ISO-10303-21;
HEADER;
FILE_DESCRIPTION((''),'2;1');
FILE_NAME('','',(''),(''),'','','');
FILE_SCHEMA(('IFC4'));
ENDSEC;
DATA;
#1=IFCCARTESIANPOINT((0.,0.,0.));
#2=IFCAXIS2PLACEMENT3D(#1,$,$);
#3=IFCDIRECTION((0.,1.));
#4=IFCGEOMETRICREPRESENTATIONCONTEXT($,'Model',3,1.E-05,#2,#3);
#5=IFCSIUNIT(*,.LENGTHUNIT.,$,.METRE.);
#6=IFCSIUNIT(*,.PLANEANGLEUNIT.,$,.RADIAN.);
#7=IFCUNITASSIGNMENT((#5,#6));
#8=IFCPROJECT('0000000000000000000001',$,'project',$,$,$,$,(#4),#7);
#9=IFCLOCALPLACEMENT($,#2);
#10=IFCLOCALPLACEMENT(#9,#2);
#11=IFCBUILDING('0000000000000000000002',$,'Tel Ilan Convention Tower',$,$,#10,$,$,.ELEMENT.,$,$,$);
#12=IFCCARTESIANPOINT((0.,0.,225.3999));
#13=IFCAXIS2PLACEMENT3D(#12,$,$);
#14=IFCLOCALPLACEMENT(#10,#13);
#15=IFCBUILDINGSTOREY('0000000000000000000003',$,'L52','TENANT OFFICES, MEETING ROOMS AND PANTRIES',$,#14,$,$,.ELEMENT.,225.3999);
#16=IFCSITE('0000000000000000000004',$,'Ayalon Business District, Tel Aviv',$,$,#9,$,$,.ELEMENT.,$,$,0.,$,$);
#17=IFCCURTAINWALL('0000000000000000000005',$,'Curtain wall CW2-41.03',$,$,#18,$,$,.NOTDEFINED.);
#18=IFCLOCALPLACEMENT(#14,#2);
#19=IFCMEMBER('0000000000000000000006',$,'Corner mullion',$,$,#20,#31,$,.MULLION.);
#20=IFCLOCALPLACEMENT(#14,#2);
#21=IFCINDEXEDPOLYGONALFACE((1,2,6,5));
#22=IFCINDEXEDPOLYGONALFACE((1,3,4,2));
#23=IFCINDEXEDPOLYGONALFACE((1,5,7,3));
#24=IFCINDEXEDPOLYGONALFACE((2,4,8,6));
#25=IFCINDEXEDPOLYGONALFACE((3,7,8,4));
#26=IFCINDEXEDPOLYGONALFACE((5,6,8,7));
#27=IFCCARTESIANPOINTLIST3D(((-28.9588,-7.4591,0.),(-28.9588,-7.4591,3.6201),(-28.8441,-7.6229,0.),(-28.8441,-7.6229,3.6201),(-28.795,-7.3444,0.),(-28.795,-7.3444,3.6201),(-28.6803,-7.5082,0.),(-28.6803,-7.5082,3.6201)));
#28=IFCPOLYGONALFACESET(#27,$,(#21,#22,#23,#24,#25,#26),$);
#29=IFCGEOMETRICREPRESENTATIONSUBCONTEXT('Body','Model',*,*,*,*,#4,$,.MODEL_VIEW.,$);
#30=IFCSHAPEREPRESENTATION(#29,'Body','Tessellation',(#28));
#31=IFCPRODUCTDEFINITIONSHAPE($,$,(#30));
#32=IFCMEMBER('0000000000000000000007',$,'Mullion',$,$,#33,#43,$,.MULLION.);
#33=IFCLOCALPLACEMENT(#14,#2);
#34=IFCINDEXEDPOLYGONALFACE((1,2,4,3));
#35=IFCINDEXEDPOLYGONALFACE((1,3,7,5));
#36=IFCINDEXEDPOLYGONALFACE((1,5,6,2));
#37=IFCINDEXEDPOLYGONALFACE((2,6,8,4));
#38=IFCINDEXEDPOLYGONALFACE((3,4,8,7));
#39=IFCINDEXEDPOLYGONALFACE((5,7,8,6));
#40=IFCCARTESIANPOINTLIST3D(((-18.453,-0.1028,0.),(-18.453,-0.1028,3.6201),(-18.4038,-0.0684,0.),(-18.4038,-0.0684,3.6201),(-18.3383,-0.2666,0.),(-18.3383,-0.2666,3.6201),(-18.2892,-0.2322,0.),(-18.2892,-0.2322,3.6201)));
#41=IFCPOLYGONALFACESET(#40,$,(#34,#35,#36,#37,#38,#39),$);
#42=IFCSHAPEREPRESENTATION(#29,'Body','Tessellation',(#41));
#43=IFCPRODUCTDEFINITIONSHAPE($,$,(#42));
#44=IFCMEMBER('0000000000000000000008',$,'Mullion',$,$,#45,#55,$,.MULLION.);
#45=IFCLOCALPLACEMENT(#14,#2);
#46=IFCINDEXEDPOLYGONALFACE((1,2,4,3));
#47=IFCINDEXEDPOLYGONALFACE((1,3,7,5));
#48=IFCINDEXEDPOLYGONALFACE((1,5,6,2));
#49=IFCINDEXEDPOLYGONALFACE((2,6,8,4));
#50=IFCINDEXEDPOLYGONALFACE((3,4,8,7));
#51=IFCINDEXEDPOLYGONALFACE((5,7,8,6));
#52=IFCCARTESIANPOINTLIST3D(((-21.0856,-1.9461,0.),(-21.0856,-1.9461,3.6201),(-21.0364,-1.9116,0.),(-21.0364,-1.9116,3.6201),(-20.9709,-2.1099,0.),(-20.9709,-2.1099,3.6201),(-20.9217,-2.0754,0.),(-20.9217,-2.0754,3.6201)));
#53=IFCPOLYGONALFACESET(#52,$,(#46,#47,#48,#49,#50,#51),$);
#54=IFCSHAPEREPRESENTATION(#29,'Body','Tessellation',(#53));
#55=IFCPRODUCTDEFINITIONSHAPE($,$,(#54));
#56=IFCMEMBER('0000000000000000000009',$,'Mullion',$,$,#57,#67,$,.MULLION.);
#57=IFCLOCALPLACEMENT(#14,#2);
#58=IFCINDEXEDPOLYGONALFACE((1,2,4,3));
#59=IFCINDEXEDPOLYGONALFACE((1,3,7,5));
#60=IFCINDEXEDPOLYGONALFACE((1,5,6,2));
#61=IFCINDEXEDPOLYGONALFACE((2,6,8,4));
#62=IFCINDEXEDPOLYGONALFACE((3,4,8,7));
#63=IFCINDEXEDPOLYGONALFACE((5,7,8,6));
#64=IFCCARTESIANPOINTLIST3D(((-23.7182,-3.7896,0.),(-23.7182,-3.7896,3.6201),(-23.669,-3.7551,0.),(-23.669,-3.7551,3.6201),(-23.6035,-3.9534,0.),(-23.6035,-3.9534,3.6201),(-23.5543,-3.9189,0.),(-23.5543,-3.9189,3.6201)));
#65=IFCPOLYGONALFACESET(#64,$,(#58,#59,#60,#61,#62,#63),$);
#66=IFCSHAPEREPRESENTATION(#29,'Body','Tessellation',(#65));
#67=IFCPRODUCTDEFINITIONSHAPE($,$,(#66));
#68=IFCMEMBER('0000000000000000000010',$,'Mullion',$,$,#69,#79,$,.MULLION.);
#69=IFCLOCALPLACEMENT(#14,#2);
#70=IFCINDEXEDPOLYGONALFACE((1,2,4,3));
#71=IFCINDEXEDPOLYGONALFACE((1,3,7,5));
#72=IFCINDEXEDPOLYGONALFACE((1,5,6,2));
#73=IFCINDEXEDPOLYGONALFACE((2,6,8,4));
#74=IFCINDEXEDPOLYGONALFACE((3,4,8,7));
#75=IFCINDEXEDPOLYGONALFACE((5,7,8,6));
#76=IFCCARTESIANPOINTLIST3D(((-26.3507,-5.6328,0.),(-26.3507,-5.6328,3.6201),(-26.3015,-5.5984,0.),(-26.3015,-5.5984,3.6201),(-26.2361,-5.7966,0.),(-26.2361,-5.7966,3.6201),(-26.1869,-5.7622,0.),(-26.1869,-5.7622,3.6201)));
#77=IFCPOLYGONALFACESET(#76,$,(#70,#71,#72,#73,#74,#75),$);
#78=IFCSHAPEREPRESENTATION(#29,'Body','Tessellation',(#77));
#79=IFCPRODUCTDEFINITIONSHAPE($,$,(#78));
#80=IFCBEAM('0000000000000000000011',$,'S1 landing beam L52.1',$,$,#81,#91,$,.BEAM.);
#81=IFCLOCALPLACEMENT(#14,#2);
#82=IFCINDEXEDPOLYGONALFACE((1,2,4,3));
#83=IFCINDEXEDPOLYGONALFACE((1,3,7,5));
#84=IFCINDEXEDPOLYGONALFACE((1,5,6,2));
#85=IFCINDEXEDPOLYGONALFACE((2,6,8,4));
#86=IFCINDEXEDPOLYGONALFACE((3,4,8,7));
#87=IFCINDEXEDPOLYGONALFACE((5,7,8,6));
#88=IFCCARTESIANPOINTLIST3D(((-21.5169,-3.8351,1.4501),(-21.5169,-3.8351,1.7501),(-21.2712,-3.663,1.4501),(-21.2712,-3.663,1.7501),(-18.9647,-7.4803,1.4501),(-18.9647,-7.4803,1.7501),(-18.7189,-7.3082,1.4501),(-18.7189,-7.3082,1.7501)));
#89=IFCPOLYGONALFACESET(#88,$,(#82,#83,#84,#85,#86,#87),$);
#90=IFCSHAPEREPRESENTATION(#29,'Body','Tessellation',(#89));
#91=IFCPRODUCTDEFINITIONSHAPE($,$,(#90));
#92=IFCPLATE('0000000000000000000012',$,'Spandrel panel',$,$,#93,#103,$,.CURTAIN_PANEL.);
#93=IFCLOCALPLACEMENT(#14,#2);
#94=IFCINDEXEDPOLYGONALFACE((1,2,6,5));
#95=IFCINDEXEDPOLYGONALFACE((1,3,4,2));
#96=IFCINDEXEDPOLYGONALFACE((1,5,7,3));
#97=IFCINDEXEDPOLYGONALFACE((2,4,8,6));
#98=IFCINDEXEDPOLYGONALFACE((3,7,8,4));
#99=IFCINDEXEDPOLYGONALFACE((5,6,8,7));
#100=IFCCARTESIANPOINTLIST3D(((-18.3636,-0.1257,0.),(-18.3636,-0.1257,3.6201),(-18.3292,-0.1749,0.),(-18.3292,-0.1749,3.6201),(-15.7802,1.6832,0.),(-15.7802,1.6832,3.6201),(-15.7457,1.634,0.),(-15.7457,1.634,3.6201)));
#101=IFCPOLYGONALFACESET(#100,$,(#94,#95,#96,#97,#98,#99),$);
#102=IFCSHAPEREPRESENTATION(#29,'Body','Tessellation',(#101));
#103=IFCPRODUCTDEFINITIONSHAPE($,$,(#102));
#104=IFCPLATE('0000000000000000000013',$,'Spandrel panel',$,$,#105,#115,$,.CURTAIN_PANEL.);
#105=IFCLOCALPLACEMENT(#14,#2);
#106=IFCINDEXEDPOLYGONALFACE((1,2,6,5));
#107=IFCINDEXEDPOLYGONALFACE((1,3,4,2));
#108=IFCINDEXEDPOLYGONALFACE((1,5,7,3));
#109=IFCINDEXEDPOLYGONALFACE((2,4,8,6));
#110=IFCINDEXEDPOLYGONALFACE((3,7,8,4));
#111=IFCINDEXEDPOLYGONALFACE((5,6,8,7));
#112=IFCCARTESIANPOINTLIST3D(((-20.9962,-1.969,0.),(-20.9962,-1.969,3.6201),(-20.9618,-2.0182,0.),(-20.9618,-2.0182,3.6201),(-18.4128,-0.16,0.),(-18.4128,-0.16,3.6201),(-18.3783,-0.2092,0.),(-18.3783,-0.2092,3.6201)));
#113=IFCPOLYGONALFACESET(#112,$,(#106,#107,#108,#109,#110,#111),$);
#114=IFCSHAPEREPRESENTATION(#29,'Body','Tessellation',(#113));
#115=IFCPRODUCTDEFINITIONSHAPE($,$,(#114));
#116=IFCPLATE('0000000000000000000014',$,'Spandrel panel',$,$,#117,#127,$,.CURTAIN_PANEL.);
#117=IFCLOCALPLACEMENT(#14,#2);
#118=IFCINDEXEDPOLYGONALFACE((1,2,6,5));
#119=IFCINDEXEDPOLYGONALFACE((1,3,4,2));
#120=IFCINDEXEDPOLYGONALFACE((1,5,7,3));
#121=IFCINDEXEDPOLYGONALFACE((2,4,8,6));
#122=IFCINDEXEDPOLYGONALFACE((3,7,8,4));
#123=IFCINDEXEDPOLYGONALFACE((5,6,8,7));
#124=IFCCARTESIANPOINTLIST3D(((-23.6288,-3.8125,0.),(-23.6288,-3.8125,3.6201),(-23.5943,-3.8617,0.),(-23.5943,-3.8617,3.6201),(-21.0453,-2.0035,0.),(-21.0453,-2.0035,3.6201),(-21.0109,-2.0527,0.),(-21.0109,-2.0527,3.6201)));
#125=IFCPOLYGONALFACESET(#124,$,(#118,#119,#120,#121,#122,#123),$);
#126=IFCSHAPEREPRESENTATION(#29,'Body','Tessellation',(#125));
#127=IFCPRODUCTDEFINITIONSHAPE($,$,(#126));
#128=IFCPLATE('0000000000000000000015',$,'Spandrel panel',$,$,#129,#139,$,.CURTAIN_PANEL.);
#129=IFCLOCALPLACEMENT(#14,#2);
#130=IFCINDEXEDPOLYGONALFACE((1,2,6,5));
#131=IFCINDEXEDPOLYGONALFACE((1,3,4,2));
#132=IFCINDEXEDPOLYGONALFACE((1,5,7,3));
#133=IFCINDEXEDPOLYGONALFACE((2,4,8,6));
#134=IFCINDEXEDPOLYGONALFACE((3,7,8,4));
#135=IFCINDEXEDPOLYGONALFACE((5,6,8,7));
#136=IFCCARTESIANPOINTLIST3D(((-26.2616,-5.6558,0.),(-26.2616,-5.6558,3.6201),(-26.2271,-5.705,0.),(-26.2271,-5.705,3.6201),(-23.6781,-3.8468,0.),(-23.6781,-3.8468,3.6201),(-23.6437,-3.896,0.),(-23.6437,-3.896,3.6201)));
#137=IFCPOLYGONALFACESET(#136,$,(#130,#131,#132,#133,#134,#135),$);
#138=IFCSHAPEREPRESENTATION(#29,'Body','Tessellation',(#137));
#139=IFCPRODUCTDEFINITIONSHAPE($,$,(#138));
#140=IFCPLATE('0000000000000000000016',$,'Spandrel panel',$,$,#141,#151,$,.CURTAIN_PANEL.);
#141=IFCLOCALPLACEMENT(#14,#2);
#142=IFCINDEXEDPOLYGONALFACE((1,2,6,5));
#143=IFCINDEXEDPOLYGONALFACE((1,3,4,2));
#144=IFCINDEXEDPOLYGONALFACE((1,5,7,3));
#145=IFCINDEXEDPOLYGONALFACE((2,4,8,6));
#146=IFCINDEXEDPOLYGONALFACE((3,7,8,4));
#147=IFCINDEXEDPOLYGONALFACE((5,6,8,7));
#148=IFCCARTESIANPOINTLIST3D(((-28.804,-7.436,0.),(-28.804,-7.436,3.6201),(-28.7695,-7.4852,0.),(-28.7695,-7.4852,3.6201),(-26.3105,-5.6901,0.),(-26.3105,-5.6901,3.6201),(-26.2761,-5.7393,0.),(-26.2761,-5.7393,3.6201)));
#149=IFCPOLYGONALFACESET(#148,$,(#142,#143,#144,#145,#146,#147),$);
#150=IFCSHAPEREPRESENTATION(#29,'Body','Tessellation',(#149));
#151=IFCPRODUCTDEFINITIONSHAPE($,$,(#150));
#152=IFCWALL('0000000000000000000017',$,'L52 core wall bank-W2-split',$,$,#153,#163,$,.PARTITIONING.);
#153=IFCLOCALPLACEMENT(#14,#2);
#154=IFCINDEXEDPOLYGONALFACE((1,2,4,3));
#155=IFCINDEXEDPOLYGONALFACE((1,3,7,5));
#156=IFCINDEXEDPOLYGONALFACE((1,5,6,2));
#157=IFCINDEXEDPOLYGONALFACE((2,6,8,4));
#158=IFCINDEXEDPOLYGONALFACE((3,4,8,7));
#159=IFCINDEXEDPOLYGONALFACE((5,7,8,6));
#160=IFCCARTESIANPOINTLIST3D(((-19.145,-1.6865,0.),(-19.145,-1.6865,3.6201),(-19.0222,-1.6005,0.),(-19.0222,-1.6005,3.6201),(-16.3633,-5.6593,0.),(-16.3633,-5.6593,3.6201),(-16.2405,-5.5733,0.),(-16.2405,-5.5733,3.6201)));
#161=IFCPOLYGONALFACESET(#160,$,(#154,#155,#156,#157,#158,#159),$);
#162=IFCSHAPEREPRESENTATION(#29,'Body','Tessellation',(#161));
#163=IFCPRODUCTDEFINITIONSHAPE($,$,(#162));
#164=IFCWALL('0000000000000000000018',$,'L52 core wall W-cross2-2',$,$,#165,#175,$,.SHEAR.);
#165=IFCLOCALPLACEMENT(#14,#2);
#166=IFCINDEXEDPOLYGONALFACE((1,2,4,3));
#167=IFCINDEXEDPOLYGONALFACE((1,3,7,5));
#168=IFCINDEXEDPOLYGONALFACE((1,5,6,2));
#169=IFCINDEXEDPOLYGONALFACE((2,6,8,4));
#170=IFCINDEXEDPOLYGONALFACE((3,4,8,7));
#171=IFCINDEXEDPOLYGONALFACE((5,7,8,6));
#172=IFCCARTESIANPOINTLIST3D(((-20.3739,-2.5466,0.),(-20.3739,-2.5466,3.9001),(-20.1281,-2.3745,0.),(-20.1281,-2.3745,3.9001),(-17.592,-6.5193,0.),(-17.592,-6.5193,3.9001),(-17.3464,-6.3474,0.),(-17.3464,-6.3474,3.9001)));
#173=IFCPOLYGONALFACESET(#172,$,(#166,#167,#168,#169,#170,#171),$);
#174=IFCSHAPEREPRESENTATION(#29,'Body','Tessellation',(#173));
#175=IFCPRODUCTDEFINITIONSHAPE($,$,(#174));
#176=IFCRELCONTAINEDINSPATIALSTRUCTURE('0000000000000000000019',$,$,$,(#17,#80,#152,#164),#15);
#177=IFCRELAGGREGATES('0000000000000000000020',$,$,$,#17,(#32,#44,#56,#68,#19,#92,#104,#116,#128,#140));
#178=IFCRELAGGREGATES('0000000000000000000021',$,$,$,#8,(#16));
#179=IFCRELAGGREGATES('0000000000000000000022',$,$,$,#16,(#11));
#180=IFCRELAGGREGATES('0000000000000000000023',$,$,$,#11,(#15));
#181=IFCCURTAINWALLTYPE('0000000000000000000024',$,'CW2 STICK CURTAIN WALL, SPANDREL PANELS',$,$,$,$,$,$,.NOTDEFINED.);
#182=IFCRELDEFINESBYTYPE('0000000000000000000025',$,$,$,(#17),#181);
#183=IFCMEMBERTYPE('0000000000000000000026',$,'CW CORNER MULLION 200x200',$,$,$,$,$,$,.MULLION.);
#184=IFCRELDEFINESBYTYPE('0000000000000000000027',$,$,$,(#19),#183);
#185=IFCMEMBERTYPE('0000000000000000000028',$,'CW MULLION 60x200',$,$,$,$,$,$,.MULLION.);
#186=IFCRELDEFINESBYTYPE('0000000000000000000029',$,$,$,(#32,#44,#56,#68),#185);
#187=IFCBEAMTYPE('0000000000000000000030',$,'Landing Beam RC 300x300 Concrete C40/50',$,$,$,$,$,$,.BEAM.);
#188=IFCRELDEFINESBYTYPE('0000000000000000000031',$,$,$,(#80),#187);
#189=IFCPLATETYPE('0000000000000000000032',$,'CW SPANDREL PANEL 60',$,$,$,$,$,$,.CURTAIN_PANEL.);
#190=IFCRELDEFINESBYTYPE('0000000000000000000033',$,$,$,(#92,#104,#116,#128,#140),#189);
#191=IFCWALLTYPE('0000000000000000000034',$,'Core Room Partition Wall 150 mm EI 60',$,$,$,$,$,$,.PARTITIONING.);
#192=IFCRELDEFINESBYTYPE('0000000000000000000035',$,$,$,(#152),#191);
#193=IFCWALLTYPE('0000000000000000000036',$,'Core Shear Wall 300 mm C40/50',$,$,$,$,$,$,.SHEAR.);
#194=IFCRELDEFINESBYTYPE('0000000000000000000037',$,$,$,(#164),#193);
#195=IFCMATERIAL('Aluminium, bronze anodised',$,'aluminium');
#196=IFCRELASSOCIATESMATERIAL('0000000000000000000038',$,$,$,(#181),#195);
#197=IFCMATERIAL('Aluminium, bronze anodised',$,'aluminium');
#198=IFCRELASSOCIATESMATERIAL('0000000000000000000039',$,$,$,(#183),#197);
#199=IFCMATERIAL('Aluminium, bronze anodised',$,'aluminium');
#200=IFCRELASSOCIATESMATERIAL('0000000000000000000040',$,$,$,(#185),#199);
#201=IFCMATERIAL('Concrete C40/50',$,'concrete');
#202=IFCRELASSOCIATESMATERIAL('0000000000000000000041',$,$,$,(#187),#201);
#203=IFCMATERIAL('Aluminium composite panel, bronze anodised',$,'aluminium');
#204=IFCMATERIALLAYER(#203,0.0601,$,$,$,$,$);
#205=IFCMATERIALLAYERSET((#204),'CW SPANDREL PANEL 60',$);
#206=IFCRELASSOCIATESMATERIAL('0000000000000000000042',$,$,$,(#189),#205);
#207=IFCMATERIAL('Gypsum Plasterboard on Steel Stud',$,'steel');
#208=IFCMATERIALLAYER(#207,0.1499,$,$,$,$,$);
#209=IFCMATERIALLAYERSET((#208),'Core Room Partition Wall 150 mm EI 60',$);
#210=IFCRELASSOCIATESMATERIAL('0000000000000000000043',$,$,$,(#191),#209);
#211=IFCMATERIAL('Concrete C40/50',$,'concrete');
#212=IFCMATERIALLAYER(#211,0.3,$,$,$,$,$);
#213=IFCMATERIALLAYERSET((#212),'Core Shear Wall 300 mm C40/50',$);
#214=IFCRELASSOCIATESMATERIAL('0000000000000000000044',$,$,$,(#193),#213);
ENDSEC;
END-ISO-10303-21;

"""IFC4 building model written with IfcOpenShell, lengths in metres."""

from ifc_helpers import new_model, si_unit, direction, frame, frame_2d, origin, origin_2d, place, context, subcontext, project, spatial, polyline, rectangle, outline, extrude, material, layer, layer_set, material_profile, profile_set, type_object, element, aggregate, save


model = new_model("IFC4")

# Units and contexts
model_context = context("Model", 3, precision=1e-05, world=origin(), true_north=direction((0.0, 1.0)))
body_context = subcontext(model_context, "Body", "Model", "MODEL_VIEW")
ifc_project = project(units=[si_unit("LENGTHUNIT", "METRE"), si_unit("PLANEANGLEUNIT", "RADIAN")], contexts=[model_context])

# Site, building, storey
site_placement = place(None, origin())
site = spatial("IfcSite", under=ifc_project, at=site_placement, Name="Ayalon Business District, Tel Aviv", CompositionType="ELEMENT", RefElevation=0.0)
building_placement = place(site_placement, origin())
building = spatial("IfcBuilding", under=site, at=building_placement, Name="Tel Ilan Convention Tower", CompositionType="ELEMENT")
storey_placement = place(building_placement, frame((0.0, 0.0, 225.3999)))
storey = spatial("IfcBuildingStorey", under=building, at=storey_placement, Name="L52", Description="TENANT OFFICES, MEETING ROOMS AND PANTRIES", CompositionType="ELEMENT", Elevation=225.3999)

# Curtain wall, members
ifc_material_1 = material(Name="Aluminium, bronze anodised", Category="aluminium")
curtain_wall_type = type_object("IfcCurtainWallType", Name="CW2 STICK CURTAIN WALL, SPANDREL PANELS", PredefinedType="NOTDEFINED", material=ifc_material_1)
curtain_wall_placement = place(storey_placement, origin())
curtain_wall = element("IfcCurtainWall", 1, at=curtain_wall_placement, inside=storey, type_object=curtain_wall_type, Name="Curtain wall CW2-41.03", PredefinedType="NOTDEFINED")
ifc_material_2 = material(Name="Aluminium, bronze anodised", Category="aluminium")
ifc_material_profile_1 = material_profile(ifc_material_2, rectangle(XDim=0.2, YDim=0.2, at=origin_2d()), Name="CW CORNER MULLION 200x200")
ifc_profile_set_1 = profile_set([ifc_material_profile_1], Name="Aluminium, bronze anodised")
member_type_1 = type_object("IfcMemberType", Name="CW CORNER MULLION 200x200", PredefinedType="MULLION", material=ifc_profile_set_1)
member_1_placement = place(storey_placement, frame((-28.8196, -7.4836, 0.0), z_axis=(0.0, 0.0, 1.0), x_axis=(-0.819152, -0.573576, 0.0)))
member_1 = element("IfcMember", 2, at=member_1_placement, type_object=member_type_1, Name="Corner mullion", PredefinedType="MULLION", context=body_context, shape_type="SweptSolid", body=[
    extrude(rectangle(XDim=0.2, YDim=0.2, at=origin_2d()), origin(), (0.0, 0.0, 1.0), 3.6201),
])
ifc_material_3 = material(Name="Aluminium, bronze anodised", Category="aluminium")
ifc_material_profile_2 = material_profile(ifc_material_3, rectangle(XDim=0.0601, YDim=0.2, at=origin_2d()), Name="CW MULLION 60x200")
ifc_profile_set_2 = profile_set([ifc_material_profile_2], Name="Aluminium, bronze anodised")
member_type_2 = type_object("IfcMemberType", Name="CW MULLION 60x200", PredefinedType="MULLION", material=ifc_profile_set_2)
member_2_placement = place(storey_placement, frame((-18.3711, -0.1675, 0.0), z_axis=(0.0, 0.0, 1.0), x_axis=(-0.819152, -0.573576, 0.0)))
member_2 = element("IfcMember", 3, at=member_2_placement, type_object=member_type_2, Name="Mullion", PredefinedType="MULLION", context=body_context, shape_type="SweptSolid", body=[
    extrude(rectangle(XDim=0.0601, YDim=0.2, at=origin_2d()), origin(), (0.0, 0.0, 1.0), 3.6201),
])
member_3_placement = place(storey_placement, frame((-21.0037, -2.0107, 0.0), z_axis=(0.0, 0.0, 1.0), x_axis=(-0.819152, -0.573576, 0.0)))
member_3 = element("IfcMember", 4, at=member_3_placement, type_object=member_type_2, Name="Mullion", PredefinedType="MULLION", context=body_context, shape_type="SweptSolid", body=[
    extrude(rectangle(XDim=0.0601, YDim=0.2, at=origin_2d()), origin(), (0.0, 0.0, 1.0), 3.6201),
])
member_4_placement = place(storey_placement, frame((-23.6362, -3.8542, 0.0), z_axis=(0.0, 0.0, 1.0), x_axis=(-0.819152, -0.573576, 0.0)))
member_4 = element("IfcMember", 5, at=member_4_placement, type_object=member_type_2, Name="Mullion", PredefinedType="MULLION", context=body_context, shape_type="SweptSolid", body=[
    extrude(rectangle(XDim=0.0601, YDim=0.2, at=origin_2d()), origin(), (0.0, 0.0, 1.0), 3.6201),
])
member_5_placement = place(storey_placement, frame((-26.2688, -5.6975, 0.0), z_axis=(0.0, 0.0, 1.0), x_axis=(-0.819152, -0.573576, 0.0)))
member_5 = element("IfcMember", 6, at=member_5_placement, type_object=member_type_2, Name="Mullion", PredefinedType="MULLION", context=body_context, shape_type="SweptSolid", body=[
    extrude(rectangle(XDim=0.0601, YDim=0.2, at=origin_2d()), origin(), (0.0, 0.0, 1.0), 3.6201),
])

# Beam
ifc_material_4 = material(Name="Concrete C40/50", Category="concrete")
ifc_material_profile_3 = material_profile(ifc_material_4, rectangle(XDim=0.3, YDim=0.3, at=origin_2d()), Name="RC 300x300")
ifc_profile_set_3 = profile_set([ifc_material_profile_3], Name="Concrete C40/50")
beam_type = type_object("IfcBeamType", Name="Landing Beam RC 300x300 Concrete C40/50", PredefinedType="BEAM", material=ifc_profile_set_3)
beam_placement = place(storey_placement, frame((-18.8418, -7.3943, 1.6001), z_axis=(-0.573547, 0.819173, 0.0), x_axis=(-0.819173, -0.573547, 0.0)))
element("IfcBeam", 7, at=beam_placement, inside=storey, type_object=beam_type, Name="S1 landing beam L52.1", PredefinedType="BEAM", context=body_context, shape_type="SweptSolid", body=[
    extrude(rectangle(XDim=0.3, YDim=0.3, at=origin_2d()), origin(), (0.0, 0.0, 1.0), 4.45),
])

# Plates
ifc_material_5 = material(Name="Aluminium composite panel, bronze anodised", Category="aluminium")
ifc_layer_1 = layer(ifc_material_5, 0.0601)
ifc_layer_set_1 = layer_set([ifc_layer_1], Name="CW SPANDREL PANEL 60")
plate_type = type_object("IfcPlateType", Name="CW SPANDREL PANEL 60", PredefinedType="CURTAIN_PANEL", material=ifc_layer_set_1)
plate_1_placement = place(storey_placement, frame((-17.0547, 0.7542, 0.0), z_axis=(0.0, 0.0, 1.0), x_axis=(-0.819152, -0.573576, 0.0)))
plate_1 = element("IfcPlate", 8, at=plate_1_placement, type_object=plate_type, Name="Spandrel panel", PredefinedType="CURTAIN_PANEL", context=body_context, shape_type="SweptSolid", body=[
    extrude(rectangle(XDim=3.1538, YDim=0.0601, at=origin_2d()), origin(), (0.0, 0.0, 1.0), 3.6201),
])
plate_2_placement = place(storey_placement, frame((-19.6873, -1.0891, 0.0), z_axis=(0.0, 0.0, 1.0), x_axis=(-0.819152, -0.573576, 0.0)))
plate_2 = element("IfcPlate", 9, at=plate_2_placement, type_object=plate_type, Name="Spandrel panel", PredefinedType="CURTAIN_PANEL", context=body_context, shape_type="SweptSolid", body=[
    extrude(rectangle(XDim=3.1538, YDim=0.0601, at=origin_2d()), origin(), (0.0, 0.0, 1.0), 3.6201),
])
plate_3_placement = place(storey_placement, frame((-22.3198, -2.9326, 0.0), z_axis=(0.0, 0.0, 1.0), x_axis=(-0.819152, -0.573576, 0.0)))
plate_3 = element("IfcPlate", 10, at=plate_3_placement, type_object=plate_type, Name="Spandrel panel", PredefinedType="CURTAIN_PANEL", context=body_context, shape_type="SweptSolid", body=[
    extrude(rectangle(XDim=3.1538, YDim=0.0601, at=origin_2d()), origin(), (0.0, 0.0, 1.0), 3.6201),
])
plate_4_placement = place(storey_placement, frame((-24.9526, -4.7759, 0.0), z_axis=(0.0, 0.0, 1.0), x_axis=(-0.819152, -0.573576, 0.0)))
plate_4 = element("IfcPlate", 11, at=plate_4_placement, type_object=plate_type, Name="Spandrel panel", PredefinedType="CURTAIN_PANEL", context=body_context, shape_type="SweptSolid", body=[
    extrude(rectangle(XDim=3.1538, YDim=0.0601, at=origin_2d()), origin(), (0.0, 0.0, 1.0), 3.6201),
])
plate_5_placement = place(storey_placement, frame((-27.54, -6.5876, 0.0), z_axis=(0.0, 0.0, 1.0), x_axis=(-0.819152, -0.573576, 0.0)))
plate_5 = element("IfcPlate", 12, at=plate_5_placement, type_object=plate_type, Name="Spandrel panel", PredefinedType="CURTAIN_PANEL", context=body_context, shape_type="SweptSolid", body=[
    extrude(rectangle(XDim=3.0439, YDim=0.0601, at=origin_2d()), origin(), (0.0, 0.0, 1.0), 3.6201),
])
aggregate(curtain_wall, [member_2, member_3, member_4, member_5, member_1, plate_1, plate_2, plate_3, plate_4, plate_5])

# Walls
ifc_material_6 = material(Name="Gypsum Plasterboard on Steel Stud", Category="steel")
ifc_layer_2 = layer(ifc_material_6, 0.1499)
ifc_layer_set_2 = layer_set([ifc_layer_2], Name="Core Room Partition Wall 150 mm EI 60")
wall_type_1 = type_object("IfcWallType", Name="Core Room Partition Wall 150 mm EI 60", PredefinedType="PARTITIONING", material=ifc_layer_set_2)
wall_1_placement = place(storey_placement, frame((-16.302, -5.6162, 0.0), z_axis=(0.0, 0.0, 1.0), x_axis=(-0.57356, 0.819163, 0.0)))
element("IfcWall", 13, at=wall_1_placement, inside=storey, type_object=wall_type_1, Name="L52 core wall bank-W2-split", PredefinedType="PARTITIONING", context=body_context, shape_type="SweptSolid", body=[
    extrude(rectangle(XDim=4.8499, YDim=0.1499, at=frame_2d((2.4248, 0.0))), origin(), (0.0, 0.0, 1.0), 3.6201),
])
ifc_material_7 = material(Name="Concrete C40/50", Category="concrete")
ifc_layer_3 = layer(ifc_material_7, 0.3)
ifc_layer_set_3 = layer_set([ifc_layer_3], Name="Core Shear Wall 300 mm C40/50")
wall_type_2 = type_object("IfcWallType", Name="Core Shear Wall 300 mm C40/50", PredefinedType="SHEAR", material=ifc_layer_set_3)
wall_2_placement = place(storey_placement, frame((-17.4692, -6.4333, 0.0), z_axis=(0.0, 0.0, 1.0), x_axis=(-0.573594, 0.81914, 0.0)))
element("IfcWall", 14, at=wall_2_placement, inside=storey, type_object=wall_type_2, Name="L52 core wall W-cross2-2", PredefinedType="SHEAR", context=body_context, shape_type="SweptSolid", body=[
    extrude(outline(polyline([(4.8499, -0.1501), (4.8499, 0.1499), (0.0, 0.1499), (0.0, -0.1499), (4.8499, -0.1501)])), origin(), (0.0, 0.0, 1.0), 3.9001),
])

save(model, "model.ifc")
